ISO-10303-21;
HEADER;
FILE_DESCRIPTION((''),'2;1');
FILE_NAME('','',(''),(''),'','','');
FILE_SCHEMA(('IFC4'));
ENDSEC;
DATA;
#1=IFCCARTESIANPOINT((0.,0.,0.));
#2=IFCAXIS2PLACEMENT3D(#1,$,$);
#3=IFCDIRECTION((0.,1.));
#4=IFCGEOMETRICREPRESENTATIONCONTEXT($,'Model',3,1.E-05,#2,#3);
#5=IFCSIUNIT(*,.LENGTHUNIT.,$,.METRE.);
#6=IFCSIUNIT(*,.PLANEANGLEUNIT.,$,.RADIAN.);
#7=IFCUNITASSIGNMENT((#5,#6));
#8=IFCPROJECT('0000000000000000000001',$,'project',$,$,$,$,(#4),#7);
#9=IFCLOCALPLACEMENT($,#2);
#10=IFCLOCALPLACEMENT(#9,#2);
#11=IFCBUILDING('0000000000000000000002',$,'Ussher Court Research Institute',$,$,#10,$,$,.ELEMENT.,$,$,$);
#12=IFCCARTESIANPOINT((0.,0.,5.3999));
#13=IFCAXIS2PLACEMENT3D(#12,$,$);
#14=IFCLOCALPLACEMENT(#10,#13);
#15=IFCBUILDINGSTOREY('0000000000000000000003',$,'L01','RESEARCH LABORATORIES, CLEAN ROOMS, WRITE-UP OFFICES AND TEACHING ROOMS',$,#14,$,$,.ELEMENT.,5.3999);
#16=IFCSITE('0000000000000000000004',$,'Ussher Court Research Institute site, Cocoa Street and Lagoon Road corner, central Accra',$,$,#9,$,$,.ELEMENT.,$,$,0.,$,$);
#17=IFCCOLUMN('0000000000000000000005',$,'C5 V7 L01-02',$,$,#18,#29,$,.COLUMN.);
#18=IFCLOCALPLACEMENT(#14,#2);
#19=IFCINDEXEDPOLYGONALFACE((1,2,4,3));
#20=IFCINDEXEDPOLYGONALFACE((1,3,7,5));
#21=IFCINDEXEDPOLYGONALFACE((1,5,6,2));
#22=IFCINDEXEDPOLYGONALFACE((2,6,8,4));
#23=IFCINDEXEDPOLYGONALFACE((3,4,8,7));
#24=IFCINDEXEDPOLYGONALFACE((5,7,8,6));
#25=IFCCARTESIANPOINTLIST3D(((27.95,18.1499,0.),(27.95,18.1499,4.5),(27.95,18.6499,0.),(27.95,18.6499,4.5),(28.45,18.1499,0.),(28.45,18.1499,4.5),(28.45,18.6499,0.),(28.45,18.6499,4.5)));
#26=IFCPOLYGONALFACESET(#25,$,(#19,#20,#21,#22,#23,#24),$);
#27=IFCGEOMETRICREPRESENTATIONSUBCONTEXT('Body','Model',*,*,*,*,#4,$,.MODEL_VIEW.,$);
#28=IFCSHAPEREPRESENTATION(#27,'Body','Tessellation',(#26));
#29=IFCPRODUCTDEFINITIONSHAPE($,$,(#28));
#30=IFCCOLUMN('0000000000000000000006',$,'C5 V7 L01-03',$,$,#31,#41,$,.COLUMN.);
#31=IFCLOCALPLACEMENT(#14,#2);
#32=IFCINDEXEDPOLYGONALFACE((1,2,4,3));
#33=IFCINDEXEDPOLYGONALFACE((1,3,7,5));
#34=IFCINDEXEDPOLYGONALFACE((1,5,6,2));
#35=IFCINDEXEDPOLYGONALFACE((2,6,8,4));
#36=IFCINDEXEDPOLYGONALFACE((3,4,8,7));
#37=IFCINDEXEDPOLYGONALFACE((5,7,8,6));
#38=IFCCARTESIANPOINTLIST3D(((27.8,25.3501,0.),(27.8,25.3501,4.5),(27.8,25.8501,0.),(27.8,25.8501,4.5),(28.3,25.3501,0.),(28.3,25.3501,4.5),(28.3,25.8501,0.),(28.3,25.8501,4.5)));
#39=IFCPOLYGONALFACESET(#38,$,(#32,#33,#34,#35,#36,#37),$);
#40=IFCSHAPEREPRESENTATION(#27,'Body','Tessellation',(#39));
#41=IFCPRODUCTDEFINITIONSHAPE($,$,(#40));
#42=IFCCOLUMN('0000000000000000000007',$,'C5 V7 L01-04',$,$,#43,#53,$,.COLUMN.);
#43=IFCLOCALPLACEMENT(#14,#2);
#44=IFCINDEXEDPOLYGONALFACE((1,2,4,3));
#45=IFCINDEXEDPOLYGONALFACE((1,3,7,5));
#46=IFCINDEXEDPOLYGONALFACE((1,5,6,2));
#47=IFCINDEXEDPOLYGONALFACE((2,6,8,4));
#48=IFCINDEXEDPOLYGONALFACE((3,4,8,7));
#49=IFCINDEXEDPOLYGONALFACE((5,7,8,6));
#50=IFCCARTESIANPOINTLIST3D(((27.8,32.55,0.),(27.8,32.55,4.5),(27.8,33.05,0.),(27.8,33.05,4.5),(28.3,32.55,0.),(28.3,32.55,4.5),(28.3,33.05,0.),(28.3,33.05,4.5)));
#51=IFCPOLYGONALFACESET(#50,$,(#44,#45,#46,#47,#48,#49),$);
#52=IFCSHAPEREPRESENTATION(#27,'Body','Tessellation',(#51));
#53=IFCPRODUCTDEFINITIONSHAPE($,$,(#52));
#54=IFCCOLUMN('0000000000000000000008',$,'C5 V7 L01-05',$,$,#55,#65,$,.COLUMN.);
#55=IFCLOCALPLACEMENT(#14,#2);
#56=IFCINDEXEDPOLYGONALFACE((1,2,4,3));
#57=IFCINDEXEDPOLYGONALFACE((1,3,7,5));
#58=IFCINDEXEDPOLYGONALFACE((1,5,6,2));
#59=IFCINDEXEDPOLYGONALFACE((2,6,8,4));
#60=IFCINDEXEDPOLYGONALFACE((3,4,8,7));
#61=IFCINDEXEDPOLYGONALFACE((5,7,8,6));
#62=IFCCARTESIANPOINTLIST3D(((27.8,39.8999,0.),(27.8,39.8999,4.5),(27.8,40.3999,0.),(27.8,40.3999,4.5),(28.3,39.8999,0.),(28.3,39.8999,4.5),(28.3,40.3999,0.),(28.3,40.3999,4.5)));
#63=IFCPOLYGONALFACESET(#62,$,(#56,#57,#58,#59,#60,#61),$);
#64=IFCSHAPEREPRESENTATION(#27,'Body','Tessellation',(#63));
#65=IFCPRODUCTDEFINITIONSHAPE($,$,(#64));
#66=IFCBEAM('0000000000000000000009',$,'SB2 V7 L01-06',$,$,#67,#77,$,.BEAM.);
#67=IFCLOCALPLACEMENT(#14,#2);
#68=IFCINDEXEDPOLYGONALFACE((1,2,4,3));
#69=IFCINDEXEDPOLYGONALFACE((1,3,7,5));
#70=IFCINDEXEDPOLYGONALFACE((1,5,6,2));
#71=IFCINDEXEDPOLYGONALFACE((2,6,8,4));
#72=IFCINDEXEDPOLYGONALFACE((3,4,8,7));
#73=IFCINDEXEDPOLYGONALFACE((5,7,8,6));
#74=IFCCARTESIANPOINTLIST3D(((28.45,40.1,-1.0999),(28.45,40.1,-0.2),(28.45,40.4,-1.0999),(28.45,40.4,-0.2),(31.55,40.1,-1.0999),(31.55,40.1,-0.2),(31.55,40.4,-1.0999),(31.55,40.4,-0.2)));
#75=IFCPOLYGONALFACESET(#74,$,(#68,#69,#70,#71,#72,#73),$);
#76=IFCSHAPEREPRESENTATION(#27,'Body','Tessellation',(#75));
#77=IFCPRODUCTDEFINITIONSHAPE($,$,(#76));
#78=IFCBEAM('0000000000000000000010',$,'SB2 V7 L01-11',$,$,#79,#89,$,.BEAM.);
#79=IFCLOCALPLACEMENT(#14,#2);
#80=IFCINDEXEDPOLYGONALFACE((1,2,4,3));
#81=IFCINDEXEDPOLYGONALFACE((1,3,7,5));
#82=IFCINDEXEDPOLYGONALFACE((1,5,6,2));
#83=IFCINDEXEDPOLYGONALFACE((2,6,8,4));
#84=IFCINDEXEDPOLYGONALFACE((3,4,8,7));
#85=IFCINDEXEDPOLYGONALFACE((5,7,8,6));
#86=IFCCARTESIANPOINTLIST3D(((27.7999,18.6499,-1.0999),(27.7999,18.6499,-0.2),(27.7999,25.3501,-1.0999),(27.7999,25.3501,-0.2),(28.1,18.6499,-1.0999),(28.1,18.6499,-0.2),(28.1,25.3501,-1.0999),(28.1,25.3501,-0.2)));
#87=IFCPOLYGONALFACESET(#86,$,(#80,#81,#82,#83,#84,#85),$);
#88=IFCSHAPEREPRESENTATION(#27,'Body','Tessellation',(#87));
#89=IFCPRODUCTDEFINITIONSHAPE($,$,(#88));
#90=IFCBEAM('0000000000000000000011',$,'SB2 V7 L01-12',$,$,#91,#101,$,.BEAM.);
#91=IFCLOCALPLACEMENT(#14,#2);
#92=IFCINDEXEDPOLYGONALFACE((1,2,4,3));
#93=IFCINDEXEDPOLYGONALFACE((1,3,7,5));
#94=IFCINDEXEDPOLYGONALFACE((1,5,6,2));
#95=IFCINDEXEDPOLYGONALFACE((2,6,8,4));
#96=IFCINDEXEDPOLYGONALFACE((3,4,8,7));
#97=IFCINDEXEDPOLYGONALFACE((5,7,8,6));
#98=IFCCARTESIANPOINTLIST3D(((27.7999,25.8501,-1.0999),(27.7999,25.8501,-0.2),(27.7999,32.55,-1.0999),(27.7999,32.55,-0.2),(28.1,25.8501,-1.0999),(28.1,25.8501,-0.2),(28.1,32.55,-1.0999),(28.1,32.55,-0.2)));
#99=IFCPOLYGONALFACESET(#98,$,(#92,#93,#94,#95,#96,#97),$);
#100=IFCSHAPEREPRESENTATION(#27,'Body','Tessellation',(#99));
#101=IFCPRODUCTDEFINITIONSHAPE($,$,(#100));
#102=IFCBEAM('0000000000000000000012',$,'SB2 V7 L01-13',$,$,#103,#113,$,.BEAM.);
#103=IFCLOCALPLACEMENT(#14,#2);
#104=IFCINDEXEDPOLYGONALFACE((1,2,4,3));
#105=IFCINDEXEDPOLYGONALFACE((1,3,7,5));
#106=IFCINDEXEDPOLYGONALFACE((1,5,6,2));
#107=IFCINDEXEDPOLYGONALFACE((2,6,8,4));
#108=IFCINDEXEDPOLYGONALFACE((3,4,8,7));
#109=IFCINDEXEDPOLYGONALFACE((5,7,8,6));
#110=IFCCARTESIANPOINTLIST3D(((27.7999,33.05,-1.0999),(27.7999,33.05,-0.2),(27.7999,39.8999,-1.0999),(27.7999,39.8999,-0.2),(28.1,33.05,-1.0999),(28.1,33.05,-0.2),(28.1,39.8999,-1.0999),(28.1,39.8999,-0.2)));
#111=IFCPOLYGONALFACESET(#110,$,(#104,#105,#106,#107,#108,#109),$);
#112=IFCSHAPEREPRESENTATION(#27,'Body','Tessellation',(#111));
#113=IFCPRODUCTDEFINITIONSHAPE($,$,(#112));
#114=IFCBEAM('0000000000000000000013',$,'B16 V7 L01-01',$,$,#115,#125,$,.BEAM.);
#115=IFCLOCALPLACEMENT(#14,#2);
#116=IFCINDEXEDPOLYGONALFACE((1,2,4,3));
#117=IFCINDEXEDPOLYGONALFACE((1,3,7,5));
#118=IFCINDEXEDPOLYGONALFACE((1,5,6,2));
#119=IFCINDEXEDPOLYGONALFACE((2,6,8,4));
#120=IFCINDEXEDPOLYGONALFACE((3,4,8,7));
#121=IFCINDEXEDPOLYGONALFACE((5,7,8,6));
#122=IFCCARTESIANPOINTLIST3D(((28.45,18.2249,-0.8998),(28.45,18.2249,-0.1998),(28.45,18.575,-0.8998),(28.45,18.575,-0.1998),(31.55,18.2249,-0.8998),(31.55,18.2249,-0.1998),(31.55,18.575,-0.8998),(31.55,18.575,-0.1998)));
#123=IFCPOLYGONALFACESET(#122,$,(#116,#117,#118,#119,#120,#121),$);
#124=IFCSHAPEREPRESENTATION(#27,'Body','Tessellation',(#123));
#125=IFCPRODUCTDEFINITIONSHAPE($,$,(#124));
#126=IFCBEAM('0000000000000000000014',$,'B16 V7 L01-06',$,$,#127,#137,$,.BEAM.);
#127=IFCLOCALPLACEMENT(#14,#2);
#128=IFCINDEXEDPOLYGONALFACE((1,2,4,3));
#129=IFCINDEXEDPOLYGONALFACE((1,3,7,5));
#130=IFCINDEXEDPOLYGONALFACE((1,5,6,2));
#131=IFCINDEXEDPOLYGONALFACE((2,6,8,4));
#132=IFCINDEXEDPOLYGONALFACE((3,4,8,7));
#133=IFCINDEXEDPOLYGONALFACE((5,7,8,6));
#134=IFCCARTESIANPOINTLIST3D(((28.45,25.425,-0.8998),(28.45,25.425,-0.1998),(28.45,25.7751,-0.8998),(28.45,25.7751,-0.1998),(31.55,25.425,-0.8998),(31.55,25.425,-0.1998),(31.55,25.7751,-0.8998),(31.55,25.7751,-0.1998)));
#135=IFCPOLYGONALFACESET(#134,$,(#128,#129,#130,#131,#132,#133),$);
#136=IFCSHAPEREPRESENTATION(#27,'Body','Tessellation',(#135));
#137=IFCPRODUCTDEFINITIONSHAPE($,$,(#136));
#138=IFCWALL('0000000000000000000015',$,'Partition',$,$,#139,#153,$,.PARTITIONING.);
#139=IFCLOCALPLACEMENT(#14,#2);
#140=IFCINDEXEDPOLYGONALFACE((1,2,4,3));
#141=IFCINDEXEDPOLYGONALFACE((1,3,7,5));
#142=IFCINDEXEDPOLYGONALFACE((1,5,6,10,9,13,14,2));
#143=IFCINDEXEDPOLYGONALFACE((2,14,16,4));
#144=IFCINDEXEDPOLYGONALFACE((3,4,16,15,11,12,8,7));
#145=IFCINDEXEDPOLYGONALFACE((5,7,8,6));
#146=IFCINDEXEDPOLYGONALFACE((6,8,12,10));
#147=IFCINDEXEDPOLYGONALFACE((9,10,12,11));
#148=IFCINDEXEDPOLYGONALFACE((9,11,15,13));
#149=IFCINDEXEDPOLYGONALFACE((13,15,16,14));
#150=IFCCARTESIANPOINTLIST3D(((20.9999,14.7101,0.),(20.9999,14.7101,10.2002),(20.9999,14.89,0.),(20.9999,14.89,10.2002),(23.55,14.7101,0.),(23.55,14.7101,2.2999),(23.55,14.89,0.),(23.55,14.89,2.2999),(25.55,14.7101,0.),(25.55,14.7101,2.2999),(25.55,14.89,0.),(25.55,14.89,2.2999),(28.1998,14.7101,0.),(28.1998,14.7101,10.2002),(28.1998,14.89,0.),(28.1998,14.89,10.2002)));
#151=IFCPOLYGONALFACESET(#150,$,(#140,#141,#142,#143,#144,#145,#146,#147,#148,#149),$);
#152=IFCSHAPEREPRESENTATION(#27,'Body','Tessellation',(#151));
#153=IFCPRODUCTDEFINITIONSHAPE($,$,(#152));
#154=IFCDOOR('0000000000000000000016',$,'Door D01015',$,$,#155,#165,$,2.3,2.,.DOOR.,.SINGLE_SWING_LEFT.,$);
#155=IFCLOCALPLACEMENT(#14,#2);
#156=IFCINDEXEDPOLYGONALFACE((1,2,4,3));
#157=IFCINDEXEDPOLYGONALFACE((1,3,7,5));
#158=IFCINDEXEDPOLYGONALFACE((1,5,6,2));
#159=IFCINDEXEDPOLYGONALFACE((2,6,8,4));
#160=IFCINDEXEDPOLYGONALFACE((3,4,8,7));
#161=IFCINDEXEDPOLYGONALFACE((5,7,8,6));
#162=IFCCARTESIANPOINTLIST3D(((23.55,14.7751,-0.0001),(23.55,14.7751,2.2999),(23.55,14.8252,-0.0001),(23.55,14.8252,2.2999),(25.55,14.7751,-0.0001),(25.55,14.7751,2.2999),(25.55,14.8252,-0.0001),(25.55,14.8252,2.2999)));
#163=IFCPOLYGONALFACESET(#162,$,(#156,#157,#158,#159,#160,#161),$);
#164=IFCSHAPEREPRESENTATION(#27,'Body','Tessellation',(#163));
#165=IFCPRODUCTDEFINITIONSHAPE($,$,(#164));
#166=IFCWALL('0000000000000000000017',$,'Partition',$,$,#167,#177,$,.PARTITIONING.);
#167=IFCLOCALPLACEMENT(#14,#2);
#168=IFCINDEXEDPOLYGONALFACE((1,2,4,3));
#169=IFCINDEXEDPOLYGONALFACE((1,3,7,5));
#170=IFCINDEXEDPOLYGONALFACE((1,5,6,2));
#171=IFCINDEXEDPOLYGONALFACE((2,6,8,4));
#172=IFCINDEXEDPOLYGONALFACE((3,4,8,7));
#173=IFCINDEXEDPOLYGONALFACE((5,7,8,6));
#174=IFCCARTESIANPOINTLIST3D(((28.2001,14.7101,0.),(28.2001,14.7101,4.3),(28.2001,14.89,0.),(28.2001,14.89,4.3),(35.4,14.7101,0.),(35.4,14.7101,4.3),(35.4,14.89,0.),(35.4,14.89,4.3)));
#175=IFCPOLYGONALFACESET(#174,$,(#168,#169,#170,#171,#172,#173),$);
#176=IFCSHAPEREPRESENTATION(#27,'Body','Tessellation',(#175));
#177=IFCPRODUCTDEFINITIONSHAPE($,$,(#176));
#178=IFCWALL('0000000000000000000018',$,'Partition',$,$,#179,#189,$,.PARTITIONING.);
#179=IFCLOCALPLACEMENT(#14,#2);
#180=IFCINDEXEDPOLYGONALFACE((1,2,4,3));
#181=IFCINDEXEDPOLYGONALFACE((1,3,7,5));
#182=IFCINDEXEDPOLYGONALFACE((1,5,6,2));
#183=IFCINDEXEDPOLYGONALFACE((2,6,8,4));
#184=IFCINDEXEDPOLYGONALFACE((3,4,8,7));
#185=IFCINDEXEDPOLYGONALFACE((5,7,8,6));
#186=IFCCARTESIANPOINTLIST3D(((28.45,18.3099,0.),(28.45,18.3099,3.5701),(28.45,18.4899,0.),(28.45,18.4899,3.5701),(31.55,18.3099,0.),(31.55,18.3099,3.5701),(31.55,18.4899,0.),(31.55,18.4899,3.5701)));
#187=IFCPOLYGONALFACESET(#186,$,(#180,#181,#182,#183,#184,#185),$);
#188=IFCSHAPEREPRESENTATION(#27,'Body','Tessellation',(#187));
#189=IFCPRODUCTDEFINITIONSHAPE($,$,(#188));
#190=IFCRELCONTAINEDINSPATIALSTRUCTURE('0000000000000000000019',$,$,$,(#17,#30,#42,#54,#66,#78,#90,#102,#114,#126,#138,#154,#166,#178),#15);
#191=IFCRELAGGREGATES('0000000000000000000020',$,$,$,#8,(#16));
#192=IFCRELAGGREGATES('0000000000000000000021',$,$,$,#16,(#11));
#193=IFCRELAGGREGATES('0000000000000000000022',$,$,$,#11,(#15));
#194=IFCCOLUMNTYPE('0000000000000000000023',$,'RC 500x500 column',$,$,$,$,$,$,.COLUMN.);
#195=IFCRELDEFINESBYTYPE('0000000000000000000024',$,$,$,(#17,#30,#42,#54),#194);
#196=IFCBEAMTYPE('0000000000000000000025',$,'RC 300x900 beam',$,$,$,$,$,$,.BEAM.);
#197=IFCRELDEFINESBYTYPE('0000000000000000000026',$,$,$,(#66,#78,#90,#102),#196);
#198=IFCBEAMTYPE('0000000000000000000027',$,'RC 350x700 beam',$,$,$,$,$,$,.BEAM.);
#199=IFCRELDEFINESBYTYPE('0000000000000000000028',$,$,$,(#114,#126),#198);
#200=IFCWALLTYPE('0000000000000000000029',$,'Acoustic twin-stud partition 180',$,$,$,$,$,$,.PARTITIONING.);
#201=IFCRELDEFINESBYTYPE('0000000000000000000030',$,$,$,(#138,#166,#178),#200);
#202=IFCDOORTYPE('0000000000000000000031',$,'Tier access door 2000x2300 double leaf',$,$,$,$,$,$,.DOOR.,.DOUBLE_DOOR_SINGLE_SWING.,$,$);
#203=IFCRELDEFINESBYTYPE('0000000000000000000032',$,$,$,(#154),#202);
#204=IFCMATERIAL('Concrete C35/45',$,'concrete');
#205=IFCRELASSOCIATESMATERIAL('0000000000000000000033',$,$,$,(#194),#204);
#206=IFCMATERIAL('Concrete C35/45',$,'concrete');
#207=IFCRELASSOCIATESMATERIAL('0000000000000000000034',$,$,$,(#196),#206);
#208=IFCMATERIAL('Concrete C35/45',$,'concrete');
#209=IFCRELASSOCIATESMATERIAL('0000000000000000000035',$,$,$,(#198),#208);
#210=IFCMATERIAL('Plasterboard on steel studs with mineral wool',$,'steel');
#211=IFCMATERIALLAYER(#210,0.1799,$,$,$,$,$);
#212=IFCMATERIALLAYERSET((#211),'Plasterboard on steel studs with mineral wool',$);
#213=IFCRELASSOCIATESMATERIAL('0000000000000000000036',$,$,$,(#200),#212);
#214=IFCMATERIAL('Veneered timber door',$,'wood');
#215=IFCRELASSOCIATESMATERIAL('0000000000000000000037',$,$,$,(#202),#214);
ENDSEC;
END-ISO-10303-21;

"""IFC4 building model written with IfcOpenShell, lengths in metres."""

from ifc_helpers import new_model, si_unit, direction, frame, frame_2d, origin, origin_2d, place, context, subcontext, project, spatial, rectangle, extrude, material, layer, layer_set, material_profile, profile_set, type_object, element, fill, save


model = new_model("IFC4")

# Units and contexts
model_context = context("Model", 3, precision=1e-05, world=origin(), true_north=direction((0.0, 1.0)))
body_context = subcontext(model_context, "Body", "Model", "MODEL_VIEW")
ifc_project = project(units=[si_unit("LENGTHUNIT", "METRE"), si_unit("PLANEANGLEUNIT", "RADIAN")], contexts=[model_context])

# Site, building, storey
site_placement = place(None, origin())
site = spatial("IfcSite", under=ifc_project, at=site_placement, Name="Ussher Court Research Institute site, Cocoa Street and Lagoon Road corner, central Accra", CompositionType="ELEMENT", RefElevation=0.0)
building_placement = place(site_placement, origin())
building = spatial("IfcBuilding", under=site, at=building_placement, Name="Ussher Court Research Institute", CompositionType="ELEMENT")
storey_placement = place(building_placement, frame((0.0, 0.0, 5.3999)))
storey = spatial("IfcBuildingStorey", under=building, at=storey_placement, Name="L01", Description="RESEARCH LABORATORIES, CLEAN ROOMS, WRITE-UP OFFICES AND TEACHING ROOMS", CompositionType="ELEMENT", Elevation=5.3999)

# Columns
ifc_material_1 = material(Name="Concrete C35/45", Category="concrete")
ifc_material_profile_1 = material_profile(ifc_material_1, rectangle(XDim=0.5, YDim=0.5, at=origin_2d()), Name="RC 500x500")
ifc_profile_set_1 = profile_set([ifc_material_profile_1], Name="Concrete C35/45")
column_type = type_object("IfcColumnType", Name="RC 500x500 column", PredefinedType="COLUMN", material=ifc_profile_set_1)
for number, where, z_axis, x_axis, name in (
    (1, (28.2, 18.3999, 0.0), (0.0, 0.0, 1.0), (1.0, 0.0, 0.0), "C5 V7 L01-02"),
    (2, (28.05, 25.6001, 0.0), (0.0, 0.0, 1.0), (1.0, 0.0, 0.0), "C5 V7 L01-03"),
    (3, (28.05, 32.8, 0.0), (0.0, 0.0, 1.0), (1.0, 0.0, 0.0), "C5 V7 L01-04"),
    (4, (28.05, 40.1499, 0.0), (0.0, 0.0, 1.0), (1.0, 0.0, 0.0), "C5 V7 L01-05"),
):
    element("IfcColumn", number, at=place(storey_placement, frame(where, z_axis=z_axis, x_axis=x_axis)), inside=storey, type_object=column_type, Name=name, PredefinedType="COLUMN", context=body_context, shape_type="SweptSolid", body=[
        extrude(rectangle(XDim=0.5, YDim=0.5, at=origin_2d()), origin(), (0.0, 0.0, 1.0), 4.5),
    ])

# Beams
ifc_material_2 = material(Name="Concrete C35/45", Category="concrete")
ifc_material_profile_2 = material_profile(ifc_material_2, rectangle(XDim=0.3, YDim=0.8999, at=origin_2d()), Name="RC 300x900")
ifc_profile_set_2 = profile_set([ifc_material_profile_2], Name="Concrete C35/45")
beam_type_1 = type_object("IfcBeamType", Name="RC 300x900 beam", PredefinedType="BEAM", material=ifc_profile_set_2)
beam_1_placement = place(storey_placement, frame((28.45, 40.25, -0.6499), z_axis=(1.0, 0.0, 0.0), x_axis=(0.0, 1.0, 0.0)))
element("IfcBeam", 5, at=beam_1_placement, inside=storey, type_object=beam_type_1, Name="SB2 V7 L01-06", PredefinedType="BEAM", context=body_context, shape_type="SweptSolid", body=[
    extrude(rectangle(XDim=0.3, YDim=0.8999, at=origin_2d()), origin(), (0.0, 0.0, 1.0), 3.1001),
])
beam_2_placement = place(storey_placement, frame((27.95, 18.6499, -0.6499), z_axis=(0.0, 1.0, 0.0), x_axis=(-1.0, 0.0, 0.0)))
element("IfcBeam", 6, at=beam_2_placement, inside=storey, type_object=beam_type_1, Name="SB2 V7 L01-11", PredefinedType="BEAM", context=body_context, shape_type="SweptSolid", body=[
    extrude(rectangle(XDim=0.3, YDim=0.8999, at=origin_2d()), origin(), (0.0, 0.0, 1.0), 6.7002),
])
beam_3_placement = place(storey_placement, frame((27.95, 25.8501, -0.6499), z_axis=(0.0, 1.0, 0.0), x_axis=(-1.0, 0.0, 0.0)))
element("IfcBeam", 7, at=beam_3_placement, inside=storey, type_object=beam_type_1, Name="SB2 V7 L01-12", PredefinedType="BEAM", context=body_context, shape_type="SweptSolid", body=[
    extrude(rectangle(XDim=0.3, YDim=0.8999, at=origin_2d()), origin(), (0.0, 0.0, 1.0), 6.7),
])
beam_4_placement = place(storey_placement, frame((27.95, 33.05, -0.6499), z_axis=(0.0, 1.0, 0.0), x_axis=(-1.0, 0.0, 0.0)))
element("IfcBeam", 8, at=beam_4_placement, inside=storey, type_object=beam_type_1, Name="SB2 V7 L01-13", PredefinedType="BEAM", context=body_context, shape_type="SweptSolid", body=[
    extrude(rectangle(XDim=0.3, YDim=0.8999, at=origin_2d()), origin(), (0.0, 0.0, 1.0), 6.8499),
])
ifc_material_3 = material(Name="Concrete C35/45", Category="concrete")
ifc_material_profile_3 = material_profile(ifc_material_3, rectangle(XDim=0.3501, YDim=0.7, at=origin_2d()), Name="RC 350x700")
ifc_profile_set_3 = profile_set([ifc_material_profile_3], Name="Concrete C35/45")
beam_type_2 = type_object("IfcBeamType", Name="RC 350x700 beam", PredefinedType="BEAM", material=ifc_profile_set_3)
for number, where, z_axis, x_axis, name in (
    (9, (28.45, 18.3999, -0.5498), (1.0, 0.0, 0.0), (0.0, 1.0, 0.0), "B16 V7 L01-01"),
    (10, (28.45, 25.6001, -0.5498), (1.0, 0.0, 0.0), (0.0, 1.0, 0.0), "B16 V7 L01-06"),
):
    element("IfcBeam", number, at=place(storey_placement, frame(where, z_axis=z_axis, x_axis=x_axis)), inside=storey, type_object=beam_type_2, Name=name, PredefinedType="BEAM", context=body_context, shape_type="SweptSolid", body=[
        extrude(rectangle(XDim=0.3501, YDim=0.7, at=origin_2d()), origin(), (0.0, 0.0, 1.0), 3.1001),
    ])

# Wall, opening, door
ifc_material_4 = material(Name="Plasterboard on steel studs with mineral wool", Category="steel")
ifc_layer_1 = layer(ifc_material_4, 0.1799)
ifc_layer_set_1 = layer_set([ifc_layer_1], Name="Plasterboard on steel studs with mineral wool")
wall_type_1 = type_object("IfcWallType", Name="Acoustic twin-stud partition 180", PredefinedType="PARTITIONING", material=ifc_layer_set_1)
wall_1_placement = place(storey_placement, frame((28.2, 14.8, 0.0), z_axis=(0.0, 0.0, 1.0), x_axis=(-1.0, 0.0, 0.0)))
wall_1 = element("IfcWall", 11, at=wall_1_placement, inside=storey, type_object=wall_type_1, Name="Partition", PredefinedType="PARTITIONING", context=body_context, shape_type="SweptSolid", body=[
    extrude(rectangle(XDim=7.2, YDim=0.1799, at=frame_2d((3.6001, 0.0))), origin(), (0.0, 0.0, 1.0), 10.2002),
])
opening_1_placement = place(wall_1_placement, frame((2.6499, 0.0, 0.0)))
opening_1 = element("IfcOpeningElement", 12, at=opening_1_placement, cuts=wall_1, PredefinedType="OPENING", context=body_context, shape_type="SweptSolid", body=[
    extrude(rectangle(XDim=2.0, YDim=2.3, at=frame_2d((1.0, 1.1499))), frame((0.0, 0.1001, 0.0), z_axis=(0.0, -1.0, 0.0), x_axis=(1.0, 0.0, 0.0)), (0.0, 0.0, 1.0), 0.2),
])
ifc_material_5 = material(Name="Veneered timber door", Category="wood")
door_type_1 = type_object("IfcDoorType", Name="Tier access door 2000x2300 double leaf", OperationType="DOUBLE_DOOR_SINGLE_SWING", PredefinedType="DOOR", material=ifc_material_5)
door_1_placement = place(opening_1_placement, origin())
door_1 = element("IfcDoor", 13, at=door_1_placement, inside=storey, type_object=door_type_1, Name="Door D01015", OperationType="SINGLE_SWING_LEFT", OverallHeight=2.3, OverallWidth=2.0, PredefinedType="DOOR", context=body_context, shape_type="SweptSolid", body=[
    extrude(rectangle(XDim=2.0, YDim=2.3, at=frame_2d((1.0, 1.1499))), frame((0.0, 0.0249, 0.0), z_axis=(0.0, -1.0, 0.0), x_axis=(1.0, 0.0, 0.0)), (0.0, 0.0, 1.0), 0.05),
])
fill(opening_1, door_1)

# Walls
wall_2_placement = place(storey_placement, frame((28.2, 14.8, 0.0), z_axis=(0.0, 0.0, 1.0), x_axis=(1.0, 0.0, 0.0)))
element("IfcWall", 14, at=wall_2_placement, inside=storey, type_object=wall_type_1, Name="Partition", PredefinedType="PARTITIONING", context=body_context, shape_type="SweptSolid", body=[
    extrude(rectangle(XDim=7.2, YDim=0.1799, at=frame_2d((3.6001, 0.0))), origin(), (0.0, 0.0, 1.0), 4.3),
])
wall_3_placement = place(storey_placement, frame((28.45, 18.3999, 0.0), z_axis=(0.0, 0.0, 1.0), x_axis=(1.0, 0.0, 0.0)))
element("IfcWall", 15, at=wall_3_placement, inside=storey, type_object=wall_type_1, Name="Partition", PredefinedType="PARTITIONING", context=body_context, shape_type="SweptSolid", body=[
    extrude(rectangle(XDim=3.1001, YDim=0.1799, at=frame_2d((1.55, 0.0))), origin(), (0.0, 0.0, 1.0), 3.5701),
])

save(model, "model.ifc")
